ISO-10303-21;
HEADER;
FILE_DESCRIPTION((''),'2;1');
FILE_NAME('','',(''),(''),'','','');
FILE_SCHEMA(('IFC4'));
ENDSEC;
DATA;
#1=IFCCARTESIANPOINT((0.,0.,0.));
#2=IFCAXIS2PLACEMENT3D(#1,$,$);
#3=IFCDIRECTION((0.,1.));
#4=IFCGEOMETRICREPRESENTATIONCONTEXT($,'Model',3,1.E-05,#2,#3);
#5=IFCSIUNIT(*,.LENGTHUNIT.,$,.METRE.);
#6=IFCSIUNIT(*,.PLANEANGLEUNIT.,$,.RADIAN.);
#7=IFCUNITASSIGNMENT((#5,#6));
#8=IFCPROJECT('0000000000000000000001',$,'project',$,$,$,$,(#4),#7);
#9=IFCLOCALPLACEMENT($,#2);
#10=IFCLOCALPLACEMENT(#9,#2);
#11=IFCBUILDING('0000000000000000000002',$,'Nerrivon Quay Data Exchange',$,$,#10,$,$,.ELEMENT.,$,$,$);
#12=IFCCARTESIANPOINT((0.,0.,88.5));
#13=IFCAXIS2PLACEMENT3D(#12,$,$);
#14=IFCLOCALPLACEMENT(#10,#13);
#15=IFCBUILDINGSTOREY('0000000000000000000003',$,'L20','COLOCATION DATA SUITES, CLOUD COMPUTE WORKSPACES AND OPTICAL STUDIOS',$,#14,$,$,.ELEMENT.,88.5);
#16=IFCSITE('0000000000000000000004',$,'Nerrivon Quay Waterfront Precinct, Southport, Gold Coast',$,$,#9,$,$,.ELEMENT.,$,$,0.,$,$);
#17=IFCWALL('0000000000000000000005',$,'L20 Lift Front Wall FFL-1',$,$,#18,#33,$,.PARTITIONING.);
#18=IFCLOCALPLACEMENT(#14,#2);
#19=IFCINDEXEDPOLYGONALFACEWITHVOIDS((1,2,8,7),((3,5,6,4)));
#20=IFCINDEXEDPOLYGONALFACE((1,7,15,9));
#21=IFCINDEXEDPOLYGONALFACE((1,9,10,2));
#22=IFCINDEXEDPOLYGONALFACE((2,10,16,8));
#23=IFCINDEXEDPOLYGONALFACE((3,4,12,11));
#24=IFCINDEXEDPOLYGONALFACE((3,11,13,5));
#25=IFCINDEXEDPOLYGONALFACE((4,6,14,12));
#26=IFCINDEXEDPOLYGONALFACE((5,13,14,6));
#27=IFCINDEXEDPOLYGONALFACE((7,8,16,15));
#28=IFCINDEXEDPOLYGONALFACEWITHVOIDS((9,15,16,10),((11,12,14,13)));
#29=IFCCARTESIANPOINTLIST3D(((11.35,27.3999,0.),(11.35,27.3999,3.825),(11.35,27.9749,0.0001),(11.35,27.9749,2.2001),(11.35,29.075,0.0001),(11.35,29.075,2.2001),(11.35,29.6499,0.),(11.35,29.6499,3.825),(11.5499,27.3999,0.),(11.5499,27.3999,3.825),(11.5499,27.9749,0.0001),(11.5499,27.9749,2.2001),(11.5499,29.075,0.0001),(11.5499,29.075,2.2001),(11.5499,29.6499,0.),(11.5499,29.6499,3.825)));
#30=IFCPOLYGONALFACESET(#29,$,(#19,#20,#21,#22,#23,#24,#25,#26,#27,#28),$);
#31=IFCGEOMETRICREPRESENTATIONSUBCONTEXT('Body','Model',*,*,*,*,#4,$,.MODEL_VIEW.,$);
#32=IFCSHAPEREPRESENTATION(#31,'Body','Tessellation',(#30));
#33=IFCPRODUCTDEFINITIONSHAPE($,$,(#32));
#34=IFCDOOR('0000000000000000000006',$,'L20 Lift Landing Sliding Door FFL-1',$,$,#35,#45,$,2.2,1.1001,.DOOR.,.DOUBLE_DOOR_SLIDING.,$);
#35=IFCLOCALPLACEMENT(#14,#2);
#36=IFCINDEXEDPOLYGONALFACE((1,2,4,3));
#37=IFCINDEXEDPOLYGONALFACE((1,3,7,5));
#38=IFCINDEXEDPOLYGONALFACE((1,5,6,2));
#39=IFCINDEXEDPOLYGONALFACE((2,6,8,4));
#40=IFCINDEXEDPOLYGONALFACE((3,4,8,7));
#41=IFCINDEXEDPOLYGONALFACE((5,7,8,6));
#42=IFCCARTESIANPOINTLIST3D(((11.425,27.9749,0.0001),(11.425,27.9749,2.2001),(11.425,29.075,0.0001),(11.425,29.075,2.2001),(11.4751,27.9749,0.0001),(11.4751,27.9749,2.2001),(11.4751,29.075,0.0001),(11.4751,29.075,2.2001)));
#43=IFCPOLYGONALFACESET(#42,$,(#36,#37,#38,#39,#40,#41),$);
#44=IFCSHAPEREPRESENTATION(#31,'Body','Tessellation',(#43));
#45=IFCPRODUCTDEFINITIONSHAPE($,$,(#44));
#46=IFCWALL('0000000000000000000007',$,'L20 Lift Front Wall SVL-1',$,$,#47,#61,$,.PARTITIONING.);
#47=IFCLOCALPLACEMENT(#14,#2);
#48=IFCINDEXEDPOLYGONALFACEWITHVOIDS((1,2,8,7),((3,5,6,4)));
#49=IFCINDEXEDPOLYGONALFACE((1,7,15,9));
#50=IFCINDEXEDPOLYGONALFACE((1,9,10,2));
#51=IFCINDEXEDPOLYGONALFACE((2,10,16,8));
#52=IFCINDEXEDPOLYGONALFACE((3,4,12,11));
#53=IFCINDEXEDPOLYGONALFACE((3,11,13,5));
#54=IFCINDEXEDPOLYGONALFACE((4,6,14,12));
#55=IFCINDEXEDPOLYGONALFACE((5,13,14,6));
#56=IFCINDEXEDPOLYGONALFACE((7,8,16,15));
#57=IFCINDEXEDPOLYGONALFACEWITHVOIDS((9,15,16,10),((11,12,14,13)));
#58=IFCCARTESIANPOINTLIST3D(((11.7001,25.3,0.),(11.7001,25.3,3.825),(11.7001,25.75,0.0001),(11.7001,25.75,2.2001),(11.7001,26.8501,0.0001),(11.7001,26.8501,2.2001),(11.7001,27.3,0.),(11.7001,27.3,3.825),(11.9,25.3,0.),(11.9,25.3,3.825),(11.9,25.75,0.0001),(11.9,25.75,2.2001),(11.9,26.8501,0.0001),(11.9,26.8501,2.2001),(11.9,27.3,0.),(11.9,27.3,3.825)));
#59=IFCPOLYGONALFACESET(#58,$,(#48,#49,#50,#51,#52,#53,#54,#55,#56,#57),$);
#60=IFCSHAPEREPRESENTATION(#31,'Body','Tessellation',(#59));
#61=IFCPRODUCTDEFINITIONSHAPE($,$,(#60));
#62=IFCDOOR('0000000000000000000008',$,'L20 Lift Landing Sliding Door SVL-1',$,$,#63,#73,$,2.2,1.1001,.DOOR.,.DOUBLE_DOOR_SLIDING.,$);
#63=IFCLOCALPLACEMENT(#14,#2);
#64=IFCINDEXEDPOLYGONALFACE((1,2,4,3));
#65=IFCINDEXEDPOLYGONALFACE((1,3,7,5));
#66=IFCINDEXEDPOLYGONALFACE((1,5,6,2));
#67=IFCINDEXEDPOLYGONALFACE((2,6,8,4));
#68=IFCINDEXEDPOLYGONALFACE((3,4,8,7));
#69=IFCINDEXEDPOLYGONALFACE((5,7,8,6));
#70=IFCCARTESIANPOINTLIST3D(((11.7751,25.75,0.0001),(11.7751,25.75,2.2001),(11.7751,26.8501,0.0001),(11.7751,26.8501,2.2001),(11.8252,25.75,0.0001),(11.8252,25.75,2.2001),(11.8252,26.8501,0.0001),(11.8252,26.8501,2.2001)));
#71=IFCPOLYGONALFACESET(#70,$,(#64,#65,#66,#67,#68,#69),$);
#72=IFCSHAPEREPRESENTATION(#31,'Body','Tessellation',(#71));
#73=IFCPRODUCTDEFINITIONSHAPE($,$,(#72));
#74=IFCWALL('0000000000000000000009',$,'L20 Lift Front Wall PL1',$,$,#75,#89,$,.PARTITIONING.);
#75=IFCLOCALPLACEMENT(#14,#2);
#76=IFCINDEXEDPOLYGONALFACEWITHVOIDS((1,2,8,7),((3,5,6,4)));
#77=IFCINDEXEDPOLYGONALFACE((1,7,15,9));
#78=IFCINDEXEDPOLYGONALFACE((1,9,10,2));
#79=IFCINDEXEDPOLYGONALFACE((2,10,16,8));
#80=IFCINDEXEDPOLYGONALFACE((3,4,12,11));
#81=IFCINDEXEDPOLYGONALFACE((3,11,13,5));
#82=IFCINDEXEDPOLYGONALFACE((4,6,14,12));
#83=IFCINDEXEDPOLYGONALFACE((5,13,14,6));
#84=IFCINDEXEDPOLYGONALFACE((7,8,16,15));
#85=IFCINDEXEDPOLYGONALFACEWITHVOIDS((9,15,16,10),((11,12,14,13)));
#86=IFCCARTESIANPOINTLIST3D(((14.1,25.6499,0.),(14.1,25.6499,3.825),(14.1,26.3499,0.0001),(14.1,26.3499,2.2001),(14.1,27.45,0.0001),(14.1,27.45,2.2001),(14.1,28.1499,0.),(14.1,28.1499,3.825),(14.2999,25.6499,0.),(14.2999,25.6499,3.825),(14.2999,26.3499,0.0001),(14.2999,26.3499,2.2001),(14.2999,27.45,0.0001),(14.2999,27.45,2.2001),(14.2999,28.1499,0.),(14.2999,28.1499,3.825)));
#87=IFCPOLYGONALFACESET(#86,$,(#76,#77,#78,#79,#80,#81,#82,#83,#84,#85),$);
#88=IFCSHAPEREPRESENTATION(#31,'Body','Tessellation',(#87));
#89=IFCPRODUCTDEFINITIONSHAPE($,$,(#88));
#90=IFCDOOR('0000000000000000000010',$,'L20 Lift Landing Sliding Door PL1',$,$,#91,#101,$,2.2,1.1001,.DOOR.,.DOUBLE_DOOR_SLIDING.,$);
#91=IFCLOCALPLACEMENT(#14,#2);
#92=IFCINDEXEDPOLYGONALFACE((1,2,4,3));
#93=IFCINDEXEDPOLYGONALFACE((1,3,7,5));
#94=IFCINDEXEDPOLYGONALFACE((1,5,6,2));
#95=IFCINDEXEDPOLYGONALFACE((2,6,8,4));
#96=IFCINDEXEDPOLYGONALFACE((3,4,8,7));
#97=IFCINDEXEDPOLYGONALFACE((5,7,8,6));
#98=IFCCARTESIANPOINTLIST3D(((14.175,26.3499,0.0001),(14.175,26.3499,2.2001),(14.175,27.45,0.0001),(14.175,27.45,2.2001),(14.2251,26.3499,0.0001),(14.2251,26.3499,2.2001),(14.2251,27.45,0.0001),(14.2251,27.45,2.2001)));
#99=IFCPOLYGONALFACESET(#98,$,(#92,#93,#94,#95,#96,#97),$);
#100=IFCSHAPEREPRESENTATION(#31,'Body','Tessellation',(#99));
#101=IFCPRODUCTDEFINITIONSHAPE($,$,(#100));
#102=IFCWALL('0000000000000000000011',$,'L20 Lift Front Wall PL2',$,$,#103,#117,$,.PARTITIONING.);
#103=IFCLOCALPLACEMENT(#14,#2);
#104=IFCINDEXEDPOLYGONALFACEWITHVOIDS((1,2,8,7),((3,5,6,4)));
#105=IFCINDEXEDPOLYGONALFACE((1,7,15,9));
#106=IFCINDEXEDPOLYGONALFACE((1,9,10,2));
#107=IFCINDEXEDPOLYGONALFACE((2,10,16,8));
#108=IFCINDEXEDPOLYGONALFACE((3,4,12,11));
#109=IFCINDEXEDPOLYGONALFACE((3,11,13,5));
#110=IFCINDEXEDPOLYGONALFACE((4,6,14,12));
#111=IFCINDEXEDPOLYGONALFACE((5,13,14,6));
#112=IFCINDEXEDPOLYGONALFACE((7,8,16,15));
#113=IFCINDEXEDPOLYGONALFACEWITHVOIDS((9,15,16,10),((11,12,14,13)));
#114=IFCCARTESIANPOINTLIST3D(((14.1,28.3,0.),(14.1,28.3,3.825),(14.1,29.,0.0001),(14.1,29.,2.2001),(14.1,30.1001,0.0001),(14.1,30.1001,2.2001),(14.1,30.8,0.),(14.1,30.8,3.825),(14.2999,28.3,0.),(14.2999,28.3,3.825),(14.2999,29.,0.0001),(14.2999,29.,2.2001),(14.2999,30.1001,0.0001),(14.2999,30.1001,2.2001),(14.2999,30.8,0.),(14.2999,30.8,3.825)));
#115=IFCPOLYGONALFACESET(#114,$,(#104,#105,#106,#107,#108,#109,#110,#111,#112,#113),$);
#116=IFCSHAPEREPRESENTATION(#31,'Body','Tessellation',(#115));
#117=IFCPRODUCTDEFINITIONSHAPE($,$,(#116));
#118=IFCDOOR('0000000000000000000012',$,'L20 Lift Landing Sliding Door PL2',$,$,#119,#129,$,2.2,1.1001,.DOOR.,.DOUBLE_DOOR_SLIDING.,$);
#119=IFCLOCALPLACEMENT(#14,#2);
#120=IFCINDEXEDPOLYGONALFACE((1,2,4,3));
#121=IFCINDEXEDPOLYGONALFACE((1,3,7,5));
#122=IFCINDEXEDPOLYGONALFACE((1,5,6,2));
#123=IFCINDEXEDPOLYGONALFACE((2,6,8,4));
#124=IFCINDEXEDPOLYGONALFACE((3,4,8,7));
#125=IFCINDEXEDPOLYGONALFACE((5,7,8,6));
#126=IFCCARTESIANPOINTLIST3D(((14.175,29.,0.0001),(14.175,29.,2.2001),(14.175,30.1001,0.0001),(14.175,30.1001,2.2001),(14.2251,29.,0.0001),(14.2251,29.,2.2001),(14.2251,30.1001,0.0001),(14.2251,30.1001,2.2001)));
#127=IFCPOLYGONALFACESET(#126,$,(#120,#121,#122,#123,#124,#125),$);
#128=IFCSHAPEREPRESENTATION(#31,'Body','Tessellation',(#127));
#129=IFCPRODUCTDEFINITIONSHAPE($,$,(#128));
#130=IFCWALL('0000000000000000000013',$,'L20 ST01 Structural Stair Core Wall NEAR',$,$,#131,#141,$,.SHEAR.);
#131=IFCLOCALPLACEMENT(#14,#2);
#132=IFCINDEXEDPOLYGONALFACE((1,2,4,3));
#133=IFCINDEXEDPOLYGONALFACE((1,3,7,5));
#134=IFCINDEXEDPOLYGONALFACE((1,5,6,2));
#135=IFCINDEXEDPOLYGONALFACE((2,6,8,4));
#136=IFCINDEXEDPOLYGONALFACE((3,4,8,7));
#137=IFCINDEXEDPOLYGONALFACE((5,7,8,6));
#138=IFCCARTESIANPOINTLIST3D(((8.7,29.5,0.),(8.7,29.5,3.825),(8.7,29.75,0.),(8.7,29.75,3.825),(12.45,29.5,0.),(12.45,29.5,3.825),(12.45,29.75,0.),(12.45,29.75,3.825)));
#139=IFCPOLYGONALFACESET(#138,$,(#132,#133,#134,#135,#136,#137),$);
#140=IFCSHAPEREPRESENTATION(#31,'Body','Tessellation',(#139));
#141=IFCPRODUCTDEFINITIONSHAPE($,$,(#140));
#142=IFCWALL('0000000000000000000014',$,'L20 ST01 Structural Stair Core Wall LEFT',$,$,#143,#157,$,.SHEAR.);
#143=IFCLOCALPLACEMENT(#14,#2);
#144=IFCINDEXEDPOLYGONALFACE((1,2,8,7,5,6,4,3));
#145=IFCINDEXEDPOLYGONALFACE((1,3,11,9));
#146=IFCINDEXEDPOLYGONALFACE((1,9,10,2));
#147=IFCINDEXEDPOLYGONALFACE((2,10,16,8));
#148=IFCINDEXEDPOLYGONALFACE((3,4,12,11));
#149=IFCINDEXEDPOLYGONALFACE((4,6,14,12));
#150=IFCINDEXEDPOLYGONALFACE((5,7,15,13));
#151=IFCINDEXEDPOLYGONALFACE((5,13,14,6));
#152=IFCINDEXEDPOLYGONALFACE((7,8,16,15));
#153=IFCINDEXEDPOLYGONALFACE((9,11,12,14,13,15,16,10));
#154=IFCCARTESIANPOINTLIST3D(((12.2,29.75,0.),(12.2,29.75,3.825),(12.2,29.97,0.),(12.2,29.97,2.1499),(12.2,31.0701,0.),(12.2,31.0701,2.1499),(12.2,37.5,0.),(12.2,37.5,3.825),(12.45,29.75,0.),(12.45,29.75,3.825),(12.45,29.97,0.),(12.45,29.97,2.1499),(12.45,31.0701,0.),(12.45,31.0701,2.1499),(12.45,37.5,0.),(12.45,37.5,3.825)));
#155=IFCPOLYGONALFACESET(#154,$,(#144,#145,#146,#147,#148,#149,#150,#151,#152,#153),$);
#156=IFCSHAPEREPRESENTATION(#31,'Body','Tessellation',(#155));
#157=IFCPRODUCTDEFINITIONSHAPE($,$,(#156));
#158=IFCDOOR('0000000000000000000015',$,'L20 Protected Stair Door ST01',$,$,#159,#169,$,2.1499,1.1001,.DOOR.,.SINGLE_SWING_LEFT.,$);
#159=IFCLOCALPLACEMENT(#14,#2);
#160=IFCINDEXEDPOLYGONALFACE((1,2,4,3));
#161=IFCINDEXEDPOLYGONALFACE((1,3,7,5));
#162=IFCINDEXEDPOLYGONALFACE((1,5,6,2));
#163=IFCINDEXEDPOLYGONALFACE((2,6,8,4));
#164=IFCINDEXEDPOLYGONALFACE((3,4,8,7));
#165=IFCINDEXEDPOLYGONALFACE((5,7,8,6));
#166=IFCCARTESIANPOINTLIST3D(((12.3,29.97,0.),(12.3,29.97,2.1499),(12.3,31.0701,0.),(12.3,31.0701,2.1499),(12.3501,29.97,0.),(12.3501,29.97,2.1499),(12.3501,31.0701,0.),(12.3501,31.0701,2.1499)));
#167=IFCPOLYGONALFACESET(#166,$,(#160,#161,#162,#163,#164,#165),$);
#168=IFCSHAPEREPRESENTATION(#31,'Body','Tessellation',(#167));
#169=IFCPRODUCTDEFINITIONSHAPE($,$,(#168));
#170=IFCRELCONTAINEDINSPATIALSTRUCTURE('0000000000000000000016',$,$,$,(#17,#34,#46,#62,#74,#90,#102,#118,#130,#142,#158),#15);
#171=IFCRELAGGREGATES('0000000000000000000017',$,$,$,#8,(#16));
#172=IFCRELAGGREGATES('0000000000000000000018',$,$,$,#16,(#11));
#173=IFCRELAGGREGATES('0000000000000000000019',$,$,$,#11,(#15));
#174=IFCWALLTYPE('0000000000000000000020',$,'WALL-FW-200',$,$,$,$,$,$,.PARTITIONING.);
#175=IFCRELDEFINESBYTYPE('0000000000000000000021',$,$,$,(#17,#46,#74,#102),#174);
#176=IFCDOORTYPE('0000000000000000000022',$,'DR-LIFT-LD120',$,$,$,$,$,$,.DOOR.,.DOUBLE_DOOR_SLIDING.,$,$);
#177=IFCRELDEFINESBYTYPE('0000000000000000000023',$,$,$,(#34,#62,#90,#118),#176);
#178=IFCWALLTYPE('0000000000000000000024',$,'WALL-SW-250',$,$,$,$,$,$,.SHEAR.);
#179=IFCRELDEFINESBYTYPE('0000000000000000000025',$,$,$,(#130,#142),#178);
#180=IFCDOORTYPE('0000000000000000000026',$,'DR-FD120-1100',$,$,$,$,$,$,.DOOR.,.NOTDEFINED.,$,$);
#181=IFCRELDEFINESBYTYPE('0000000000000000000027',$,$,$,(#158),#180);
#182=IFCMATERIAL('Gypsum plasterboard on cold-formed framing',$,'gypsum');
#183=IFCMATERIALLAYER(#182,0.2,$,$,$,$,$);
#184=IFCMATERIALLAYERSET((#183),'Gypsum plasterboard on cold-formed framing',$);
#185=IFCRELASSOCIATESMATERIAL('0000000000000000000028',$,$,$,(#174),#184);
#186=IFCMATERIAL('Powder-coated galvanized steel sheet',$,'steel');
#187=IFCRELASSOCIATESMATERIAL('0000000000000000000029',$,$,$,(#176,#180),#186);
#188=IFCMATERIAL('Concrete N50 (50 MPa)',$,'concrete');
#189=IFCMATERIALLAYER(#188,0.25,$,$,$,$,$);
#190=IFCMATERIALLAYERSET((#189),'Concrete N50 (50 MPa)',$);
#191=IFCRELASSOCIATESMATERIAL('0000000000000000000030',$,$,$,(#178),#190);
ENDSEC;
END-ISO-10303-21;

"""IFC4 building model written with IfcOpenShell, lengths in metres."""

from ifc_helpers import new_model, si_unit, direction, frame, frame_2d, origin, place, context, subcontext, project, spatial, rectangle, extrude, material, layer, layer_set, type_object, element, fill, save


model = new_model("IFC4")

# Units and contexts
model_context = context("Model", 3, precision=1e-05, world=origin(), true_north=direction((0.0, 1.0)))
body_context = subcontext(model_context, "Body", "Model", "MODEL_VIEW")
ifc_project = project(units=[si_unit("LENGTHUNIT", "METRE"), si_unit("PLANEANGLEUNIT", "RADIAN")], contexts=[model_context])

# Site, building, storey
site_placement = place(None, origin())
site = spatial("IfcSite", under=ifc_project, at=site_placement, Name="Nerrivon Quay Waterfront Precinct, Southport, Gold Coast", CompositionType="ELEMENT", RefElevation=0.0)
building_placement = place(site_placement, origin())
building = spatial("IfcBuilding", under=site, at=building_placement, Name="Nerrivon Quay Data Exchange", CompositionType="ELEMENT")
storey_placement = place(building_placement, frame((0.0, 0.0, 88.5)))
storey = spatial("IfcBuildingStorey", under=building, at=storey_placement, Name="L20", Description="COLOCATION DATA SUITES, CLOUD COMPUTE WORKSPACES AND OPTICAL STUDIOS", CompositionType="ELEMENT", Elevation=88.5)

# Walls, openings, doors
ifc_material_1 = material(Name="Gypsum plasterboard on cold-formed framing", Category="gypsum")
ifc_layer_1 = layer(ifc_material_1, 0.2)
ifc_layer_set_1 = layer_set([ifc_layer_1], Name="Gypsum plasterboard on cold-formed framing")
wall_type_1 = type_object("IfcWallType", Name="WALL-FW-200", PredefinedType="PARTITIONING", material=ifc_layer_set_1)
wall_1_placement = place(storey_placement, frame((11.45, 27.3999, 0.0), z_axis=(0.0, 0.0, 1.0), x_axis=(0.0, 1.0, 0.0)))
wall_1 = element("IfcWall", 1, at=wall_1_placement, inside=storey, type_object=wall_type_1, Name="L20 Lift Front Wall FFL-1", PredefinedType="PARTITIONING", context=body_context, shape_type="SweptSolid", body=[
    extrude(rectangle(XDim=2.25, YDim=0.2, at=frame_2d((1.125, 0.0))), origin(), (0.0, 0.0, 1.0), 3.825),
])
opening_1_placement = place(wall_1_placement, frame((0.575, 0.0, 0.0)))
opening_1 = element("IfcOpeningElement", 2, at=opening_1_placement, cuts=wall_1, PredefinedType="OPENING", context=body_context, shape_type="SweptSolid", body=[
    extrude(rectangle(XDim=1.1001, YDim=2.2, at=frame_2d((0.55, 1.1001))), frame((0.0, 0.1099, 0.0), z_axis=(0.0, -1.0, 0.0), x_axis=(1.0, 0.0, 0.0)), (0.0, 0.0, 1.0), 0.22),
])
ifc_material_2 = material(Name="Powder-coated galvanized steel sheet", Category="steel")
door_type_1 = type_object("IfcDoorType", Name="DR-LIFT-LD120", OperationType="DOUBLE_DOOR_SLIDING", PredefinedType="DOOR", material=ifc_material_2)
door_1_placement = place(opening_1_placement, origin())
door_1 = element("IfcDoor", 3, at=door_1_placement, inside=storey, type_object=door_type_1, Name="L20 Lift Landing Sliding Door FFL-1", OperationType="DOUBLE_DOOR_SLIDING", OverallHeight=2.2, OverallWidth=1.1001, PredefinedType="DOOR", context=body_context, shape_type="SweptSolid", body=[
    extrude(rectangle(XDim=1.1001, YDim=2.2, at=frame_2d((0.55, 1.1001))), frame((0.0, 0.0249, 0.0), z_axis=(0.0, -1.0, 0.0), x_axis=(1.0, 0.0, 0.0)), (0.0, 0.0, 1.0), 0.05),
])
fill(opening_1, door_1)
wall_2_placement = place(storey_placement, frame((11.8, 25.3, 0.0), z_axis=(0.0, 0.0, 1.0), x_axis=(0.0, 1.0, 0.0)))
wall_2 = element("IfcWall", 4, at=wall_2_placement, inside=storey, type_object=wall_type_1, Name="L20 Lift Front Wall SVL-1", PredefinedType="PARTITIONING", context=body_context, shape_type="SweptSolid", body=[
    extrude(rectangle(XDim=2.0, YDim=0.2, at=frame_2d((1.0, 0.0))), origin(), (0.0, 0.0, 1.0), 3.825),
])
opening_2_placement = place(wall_2_placement, frame((0.45, 0.0, 0.0)))
opening_2 = element("IfcOpeningElement", 5, at=opening_2_placement, cuts=wall_2, PredefinedType="OPENING", context=body_context, shape_type="SweptSolid", body=[
    extrude(rectangle(XDim=1.1001, YDim=2.2, at=frame_2d((0.55, 1.1001))), frame((0.0, 0.1099, 0.0), z_axis=(0.0, -1.0, 0.0), x_axis=(1.0, 0.0, 0.0)), (0.0, 0.0, 1.0), 0.22),
])
door_2_placement = place(opening_2_placement, origin())
door_2 = element("IfcDoor", 6, at=door_2_placement, inside=storey, type_object=door_type_1, Name="L20 Lift Landing Sliding Door SVL-1", OperationType="DOUBLE_DOOR_SLIDING", OverallHeight=2.2, OverallWidth=1.1001, PredefinedType="DOOR", context=body_context, shape_type="SweptSolid", body=[
    extrude(rectangle(XDim=1.1001, YDim=2.2, at=frame_2d((0.55, 1.1001))), frame((0.0, 0.0249, 0.0), z_axis=(0.0, -1.0, 0.0), x_axis=(1.0, 0.0, 0.0)), (0.0, 0.0, 1.0), 0.05),
])
fill(opening_2, door_2)
wall_3_placement = place(storey_placement, frame((14.2, 25.6499, 0.0), z_axis=(0.0, 0.0, 1.0), x_axis=(0.0, 1.0, 0.0)))
wall_3 = element("IfcWall", 7, at=wall_3_placement, inside=storey, type_object=wall_type_1, Name="L20 Lift Front Wall PL1", PredefinedType="PARTITIONING", context=body_context, shape_type="SweptSolid", body=[
    extrude(rectangle(XDim=2.5, YDim=0.2, at=frame_2d((1.25, 0.0))), origin(), (0.0, 0.0, 1.0), 3.825),
])
opening_3_placement = place(wall_3_placement, frame((0.7, 0.0, 0.0)))
opening_3 = element("IfcOpeningElement", 8, at=opening_3_placement, cuts=wall_3, PredefinedType="OPENING", context=body_context, shape_type="SweptSolid", body=[
    extrude(rectangle(XDim=1.1001, YDim=2.2, at=frame_2d((0.55, 1.1001))), frame((0.0, 0.1099, 0.0), z_axis=(0.0, -1.0, 0.0), x_axis=(1.0, 0.0, 0.0)), (0.0, 0.0, 1.0), 0.22),
])
door_3_placement = place(opening_3_placement, origin())
door_3 = element("IfcDoor", 9, at=door_3_placement, inside=storey, type_object=door_type_1, Name="L20 Lift Landing Sliding Door PL1", OperationType="DOUBLE_DOOR_SLIDING", OverallHeight=2.2, OverallWidth=1.1001, PredefinedType="DOOR", context=body_context, shape_type="SweptSolid", body=[
    extrude(rectangle(XDim=1.1001, YDim=2.2, at=frame_2d((0.55, 1.1001))), frame((0.0, 0.0249, 0.0), z_axis=(0.0, -1.0, 0.0), x_axis=(1.0, 0.0, 0.0)), (0.0, 0.0, 1.0), 0.05),
])
fill(opening_3, door_3)
wall_4_placement = place(storey_placement, frame((14.2, 28.3, 0.0), z_axis=(0.0, 0.0, 1.0), x_axis=(0.0, 1.0, 0.0)))
wall_4 = element("IfcWall", 10, at=wall_4_placement, inside=storey, type_object=wall_type_1, Name="L20 Lift Front Wall PL2", PredefinedType="PARTITIONING", context=body_context, shape_type="SweptSolid", body=[
    extrude(rectangle(XDim=2.5, YDim=0.2, at=frame_2d((1.25, 0.0))), origin(), (0.0, 0.0, 1.0), 3.825),
])
opening_4_placement = place(wall_4_placement, frame((0.7, 0.0, 0.0)))
opening_4 = element("IfcOpeningElement", 11, at=opening_4_placement, cuts=wall_4, PredefinedType="OPENING", context=body_context, shape_type="SweptSolid", body=[
    extrude(rectangle(XDim=1.1001, YDim=2.2, at=frame_2d((0.55, 1.1001))), frame((0.0, 0.1099, 0.0), z_axis=(0.0, -1.0, 0.0), x_axis=(1.0, 0.0, 0.0)), (0.0, 0.0, 1.0), 0.22),
])
door_4_placement = place(opening_4_placement, origin())
door_4 = element("IfcDoor", 12, at=door_4_placement, inside=storey, type_object=door_type_1, Name="L20 Lift Landing Sliding Door PL2", OperationType="DOUBLE_DOOR_SLIDING", OverallHeight=2.2, OverallWidth=1.1001, PredefinedType="DOOR", context=body_context, shape_type="SweptSolid", body=[
    extrude(rectangle(XDim=1.1001, YDim=2.2, at=frame_2d((0.55, 1.1001))), frame((0.0, 0.0249, 0.0), z_axis=(0.0, -1.0, 0.0), x_axis=(1.0, 0.0, 0.0)), (0.0, 0.0, 1.0), 0.05),
])
fill(opening_4, door_4)

# Wall
ifc_material_3 = material(Name="Concrete N50 (50 MPa)", Category="concrete")
ifc_layer_2 = layer(ifc_material_3, 0.25)
ifc_layer_set_2 = layer_set([ifc_layer_2], Name="Concrete N50 (50 MPa)")
wall_type_2 = type_object("IfcWallType", Name="WALL-SW-250", PredefinedType="SHEAR", material=ifc_layer_set_2)
wall_5_placement = place(storey_placement, frame((12.45, 29.625, 0.0), z_axis=(0.0, 0.0, 1.0), x_axis=(-1.0, 0.0, 0.0)))
element("IfcWall", 13, at=wall_5_placement, inside=storey, type_object=wall_type_2, Name="L20 ST01 Structural Stair Core Wall NEAR", PredefinedType="SHEAR", context=body_context, shape_type="SweptSolid", body=[
    extrude(rectangle(XDim=3.75, YDim=0.25, at=frame_2d((1.875, 0.0))), origin(), (0.0, 0.0, 1.0), 3.825),
])

# Wall, opening, door
wall_6_placement = place(storey_placement, frame((12.325, 29.75, 0.0), z_axis=(0.0, 0.0, 1.0), x_axis=(0.0, 1.0, 0.0)))
wall_6 = element("IfcWall", 14, at=wall_6_placement, inside=storey, type_object=wall_type_2, Name="L20 ST01 Structural Stair Core Wall LEFT", PredefinedType="SHEAR", context=body_context, shape_type="SweptSolid", body=[
    extrude(rectangle(XDim=7.75, YDim=0.25, at=frame_2d((3.875, 0.0))), origin(), (0.0, 0.0, 1.0), 3.825),
])
opening_5_placement = place(wall_6_placement, frame((0.22, 0.0, 0.0)))
opening_5 = element("IfcOpeningElement", 15, at=opening_5_placement, cuts=wall_6, PredefinedType="OPENING", context=body_context, shape_type="SweptSolid", body=[
    extrude(rectangle(XDim=1.1001, YDim=2.1499, at=frame_2d((0.55, 1.075))), frame((0.0, 0.135, 0.0), z_axis=(0.0, -1.0, 0.0), x_axis=(1.0, 0.0, 0.0)), (0.0, 0.0, 1.0), 0.27),
])
door_type_2 = type_object("IfcDoorType", Name="DR-FD120-1100", OperationType="NOTDEFINED", PredefinedType="DOOR", material=ifc_material_2)
door_5_placement = place(opening_5_placement, origin())
door_5 = element("IfcDoor", 16, at=door_5_placement, inside=storey, type_object=door_type_2, Name="L20 Protected Stair Door ST01", OperationType="SINGLE_SWING_LEFT", OverallHeight=2.1499, OverallWidth=1.1001, PredefinedType="DOOR", context=body_context, shape_type="SweptSolid", body=[
    extrude(rectangle(XDim=1.1001, YDim=2.1499, at=frame_2d((0.55, 1.075))), frame((0.0, 0.0249, 0.0), z_axis=(0.0, -1.0, 0.0), x_axis=(1.0, 0.0, 0.0)), (0.0, 0.0, 1.0), 0.05),
])
fill(opening_5, door_5)

save(model, "model.ifc")
